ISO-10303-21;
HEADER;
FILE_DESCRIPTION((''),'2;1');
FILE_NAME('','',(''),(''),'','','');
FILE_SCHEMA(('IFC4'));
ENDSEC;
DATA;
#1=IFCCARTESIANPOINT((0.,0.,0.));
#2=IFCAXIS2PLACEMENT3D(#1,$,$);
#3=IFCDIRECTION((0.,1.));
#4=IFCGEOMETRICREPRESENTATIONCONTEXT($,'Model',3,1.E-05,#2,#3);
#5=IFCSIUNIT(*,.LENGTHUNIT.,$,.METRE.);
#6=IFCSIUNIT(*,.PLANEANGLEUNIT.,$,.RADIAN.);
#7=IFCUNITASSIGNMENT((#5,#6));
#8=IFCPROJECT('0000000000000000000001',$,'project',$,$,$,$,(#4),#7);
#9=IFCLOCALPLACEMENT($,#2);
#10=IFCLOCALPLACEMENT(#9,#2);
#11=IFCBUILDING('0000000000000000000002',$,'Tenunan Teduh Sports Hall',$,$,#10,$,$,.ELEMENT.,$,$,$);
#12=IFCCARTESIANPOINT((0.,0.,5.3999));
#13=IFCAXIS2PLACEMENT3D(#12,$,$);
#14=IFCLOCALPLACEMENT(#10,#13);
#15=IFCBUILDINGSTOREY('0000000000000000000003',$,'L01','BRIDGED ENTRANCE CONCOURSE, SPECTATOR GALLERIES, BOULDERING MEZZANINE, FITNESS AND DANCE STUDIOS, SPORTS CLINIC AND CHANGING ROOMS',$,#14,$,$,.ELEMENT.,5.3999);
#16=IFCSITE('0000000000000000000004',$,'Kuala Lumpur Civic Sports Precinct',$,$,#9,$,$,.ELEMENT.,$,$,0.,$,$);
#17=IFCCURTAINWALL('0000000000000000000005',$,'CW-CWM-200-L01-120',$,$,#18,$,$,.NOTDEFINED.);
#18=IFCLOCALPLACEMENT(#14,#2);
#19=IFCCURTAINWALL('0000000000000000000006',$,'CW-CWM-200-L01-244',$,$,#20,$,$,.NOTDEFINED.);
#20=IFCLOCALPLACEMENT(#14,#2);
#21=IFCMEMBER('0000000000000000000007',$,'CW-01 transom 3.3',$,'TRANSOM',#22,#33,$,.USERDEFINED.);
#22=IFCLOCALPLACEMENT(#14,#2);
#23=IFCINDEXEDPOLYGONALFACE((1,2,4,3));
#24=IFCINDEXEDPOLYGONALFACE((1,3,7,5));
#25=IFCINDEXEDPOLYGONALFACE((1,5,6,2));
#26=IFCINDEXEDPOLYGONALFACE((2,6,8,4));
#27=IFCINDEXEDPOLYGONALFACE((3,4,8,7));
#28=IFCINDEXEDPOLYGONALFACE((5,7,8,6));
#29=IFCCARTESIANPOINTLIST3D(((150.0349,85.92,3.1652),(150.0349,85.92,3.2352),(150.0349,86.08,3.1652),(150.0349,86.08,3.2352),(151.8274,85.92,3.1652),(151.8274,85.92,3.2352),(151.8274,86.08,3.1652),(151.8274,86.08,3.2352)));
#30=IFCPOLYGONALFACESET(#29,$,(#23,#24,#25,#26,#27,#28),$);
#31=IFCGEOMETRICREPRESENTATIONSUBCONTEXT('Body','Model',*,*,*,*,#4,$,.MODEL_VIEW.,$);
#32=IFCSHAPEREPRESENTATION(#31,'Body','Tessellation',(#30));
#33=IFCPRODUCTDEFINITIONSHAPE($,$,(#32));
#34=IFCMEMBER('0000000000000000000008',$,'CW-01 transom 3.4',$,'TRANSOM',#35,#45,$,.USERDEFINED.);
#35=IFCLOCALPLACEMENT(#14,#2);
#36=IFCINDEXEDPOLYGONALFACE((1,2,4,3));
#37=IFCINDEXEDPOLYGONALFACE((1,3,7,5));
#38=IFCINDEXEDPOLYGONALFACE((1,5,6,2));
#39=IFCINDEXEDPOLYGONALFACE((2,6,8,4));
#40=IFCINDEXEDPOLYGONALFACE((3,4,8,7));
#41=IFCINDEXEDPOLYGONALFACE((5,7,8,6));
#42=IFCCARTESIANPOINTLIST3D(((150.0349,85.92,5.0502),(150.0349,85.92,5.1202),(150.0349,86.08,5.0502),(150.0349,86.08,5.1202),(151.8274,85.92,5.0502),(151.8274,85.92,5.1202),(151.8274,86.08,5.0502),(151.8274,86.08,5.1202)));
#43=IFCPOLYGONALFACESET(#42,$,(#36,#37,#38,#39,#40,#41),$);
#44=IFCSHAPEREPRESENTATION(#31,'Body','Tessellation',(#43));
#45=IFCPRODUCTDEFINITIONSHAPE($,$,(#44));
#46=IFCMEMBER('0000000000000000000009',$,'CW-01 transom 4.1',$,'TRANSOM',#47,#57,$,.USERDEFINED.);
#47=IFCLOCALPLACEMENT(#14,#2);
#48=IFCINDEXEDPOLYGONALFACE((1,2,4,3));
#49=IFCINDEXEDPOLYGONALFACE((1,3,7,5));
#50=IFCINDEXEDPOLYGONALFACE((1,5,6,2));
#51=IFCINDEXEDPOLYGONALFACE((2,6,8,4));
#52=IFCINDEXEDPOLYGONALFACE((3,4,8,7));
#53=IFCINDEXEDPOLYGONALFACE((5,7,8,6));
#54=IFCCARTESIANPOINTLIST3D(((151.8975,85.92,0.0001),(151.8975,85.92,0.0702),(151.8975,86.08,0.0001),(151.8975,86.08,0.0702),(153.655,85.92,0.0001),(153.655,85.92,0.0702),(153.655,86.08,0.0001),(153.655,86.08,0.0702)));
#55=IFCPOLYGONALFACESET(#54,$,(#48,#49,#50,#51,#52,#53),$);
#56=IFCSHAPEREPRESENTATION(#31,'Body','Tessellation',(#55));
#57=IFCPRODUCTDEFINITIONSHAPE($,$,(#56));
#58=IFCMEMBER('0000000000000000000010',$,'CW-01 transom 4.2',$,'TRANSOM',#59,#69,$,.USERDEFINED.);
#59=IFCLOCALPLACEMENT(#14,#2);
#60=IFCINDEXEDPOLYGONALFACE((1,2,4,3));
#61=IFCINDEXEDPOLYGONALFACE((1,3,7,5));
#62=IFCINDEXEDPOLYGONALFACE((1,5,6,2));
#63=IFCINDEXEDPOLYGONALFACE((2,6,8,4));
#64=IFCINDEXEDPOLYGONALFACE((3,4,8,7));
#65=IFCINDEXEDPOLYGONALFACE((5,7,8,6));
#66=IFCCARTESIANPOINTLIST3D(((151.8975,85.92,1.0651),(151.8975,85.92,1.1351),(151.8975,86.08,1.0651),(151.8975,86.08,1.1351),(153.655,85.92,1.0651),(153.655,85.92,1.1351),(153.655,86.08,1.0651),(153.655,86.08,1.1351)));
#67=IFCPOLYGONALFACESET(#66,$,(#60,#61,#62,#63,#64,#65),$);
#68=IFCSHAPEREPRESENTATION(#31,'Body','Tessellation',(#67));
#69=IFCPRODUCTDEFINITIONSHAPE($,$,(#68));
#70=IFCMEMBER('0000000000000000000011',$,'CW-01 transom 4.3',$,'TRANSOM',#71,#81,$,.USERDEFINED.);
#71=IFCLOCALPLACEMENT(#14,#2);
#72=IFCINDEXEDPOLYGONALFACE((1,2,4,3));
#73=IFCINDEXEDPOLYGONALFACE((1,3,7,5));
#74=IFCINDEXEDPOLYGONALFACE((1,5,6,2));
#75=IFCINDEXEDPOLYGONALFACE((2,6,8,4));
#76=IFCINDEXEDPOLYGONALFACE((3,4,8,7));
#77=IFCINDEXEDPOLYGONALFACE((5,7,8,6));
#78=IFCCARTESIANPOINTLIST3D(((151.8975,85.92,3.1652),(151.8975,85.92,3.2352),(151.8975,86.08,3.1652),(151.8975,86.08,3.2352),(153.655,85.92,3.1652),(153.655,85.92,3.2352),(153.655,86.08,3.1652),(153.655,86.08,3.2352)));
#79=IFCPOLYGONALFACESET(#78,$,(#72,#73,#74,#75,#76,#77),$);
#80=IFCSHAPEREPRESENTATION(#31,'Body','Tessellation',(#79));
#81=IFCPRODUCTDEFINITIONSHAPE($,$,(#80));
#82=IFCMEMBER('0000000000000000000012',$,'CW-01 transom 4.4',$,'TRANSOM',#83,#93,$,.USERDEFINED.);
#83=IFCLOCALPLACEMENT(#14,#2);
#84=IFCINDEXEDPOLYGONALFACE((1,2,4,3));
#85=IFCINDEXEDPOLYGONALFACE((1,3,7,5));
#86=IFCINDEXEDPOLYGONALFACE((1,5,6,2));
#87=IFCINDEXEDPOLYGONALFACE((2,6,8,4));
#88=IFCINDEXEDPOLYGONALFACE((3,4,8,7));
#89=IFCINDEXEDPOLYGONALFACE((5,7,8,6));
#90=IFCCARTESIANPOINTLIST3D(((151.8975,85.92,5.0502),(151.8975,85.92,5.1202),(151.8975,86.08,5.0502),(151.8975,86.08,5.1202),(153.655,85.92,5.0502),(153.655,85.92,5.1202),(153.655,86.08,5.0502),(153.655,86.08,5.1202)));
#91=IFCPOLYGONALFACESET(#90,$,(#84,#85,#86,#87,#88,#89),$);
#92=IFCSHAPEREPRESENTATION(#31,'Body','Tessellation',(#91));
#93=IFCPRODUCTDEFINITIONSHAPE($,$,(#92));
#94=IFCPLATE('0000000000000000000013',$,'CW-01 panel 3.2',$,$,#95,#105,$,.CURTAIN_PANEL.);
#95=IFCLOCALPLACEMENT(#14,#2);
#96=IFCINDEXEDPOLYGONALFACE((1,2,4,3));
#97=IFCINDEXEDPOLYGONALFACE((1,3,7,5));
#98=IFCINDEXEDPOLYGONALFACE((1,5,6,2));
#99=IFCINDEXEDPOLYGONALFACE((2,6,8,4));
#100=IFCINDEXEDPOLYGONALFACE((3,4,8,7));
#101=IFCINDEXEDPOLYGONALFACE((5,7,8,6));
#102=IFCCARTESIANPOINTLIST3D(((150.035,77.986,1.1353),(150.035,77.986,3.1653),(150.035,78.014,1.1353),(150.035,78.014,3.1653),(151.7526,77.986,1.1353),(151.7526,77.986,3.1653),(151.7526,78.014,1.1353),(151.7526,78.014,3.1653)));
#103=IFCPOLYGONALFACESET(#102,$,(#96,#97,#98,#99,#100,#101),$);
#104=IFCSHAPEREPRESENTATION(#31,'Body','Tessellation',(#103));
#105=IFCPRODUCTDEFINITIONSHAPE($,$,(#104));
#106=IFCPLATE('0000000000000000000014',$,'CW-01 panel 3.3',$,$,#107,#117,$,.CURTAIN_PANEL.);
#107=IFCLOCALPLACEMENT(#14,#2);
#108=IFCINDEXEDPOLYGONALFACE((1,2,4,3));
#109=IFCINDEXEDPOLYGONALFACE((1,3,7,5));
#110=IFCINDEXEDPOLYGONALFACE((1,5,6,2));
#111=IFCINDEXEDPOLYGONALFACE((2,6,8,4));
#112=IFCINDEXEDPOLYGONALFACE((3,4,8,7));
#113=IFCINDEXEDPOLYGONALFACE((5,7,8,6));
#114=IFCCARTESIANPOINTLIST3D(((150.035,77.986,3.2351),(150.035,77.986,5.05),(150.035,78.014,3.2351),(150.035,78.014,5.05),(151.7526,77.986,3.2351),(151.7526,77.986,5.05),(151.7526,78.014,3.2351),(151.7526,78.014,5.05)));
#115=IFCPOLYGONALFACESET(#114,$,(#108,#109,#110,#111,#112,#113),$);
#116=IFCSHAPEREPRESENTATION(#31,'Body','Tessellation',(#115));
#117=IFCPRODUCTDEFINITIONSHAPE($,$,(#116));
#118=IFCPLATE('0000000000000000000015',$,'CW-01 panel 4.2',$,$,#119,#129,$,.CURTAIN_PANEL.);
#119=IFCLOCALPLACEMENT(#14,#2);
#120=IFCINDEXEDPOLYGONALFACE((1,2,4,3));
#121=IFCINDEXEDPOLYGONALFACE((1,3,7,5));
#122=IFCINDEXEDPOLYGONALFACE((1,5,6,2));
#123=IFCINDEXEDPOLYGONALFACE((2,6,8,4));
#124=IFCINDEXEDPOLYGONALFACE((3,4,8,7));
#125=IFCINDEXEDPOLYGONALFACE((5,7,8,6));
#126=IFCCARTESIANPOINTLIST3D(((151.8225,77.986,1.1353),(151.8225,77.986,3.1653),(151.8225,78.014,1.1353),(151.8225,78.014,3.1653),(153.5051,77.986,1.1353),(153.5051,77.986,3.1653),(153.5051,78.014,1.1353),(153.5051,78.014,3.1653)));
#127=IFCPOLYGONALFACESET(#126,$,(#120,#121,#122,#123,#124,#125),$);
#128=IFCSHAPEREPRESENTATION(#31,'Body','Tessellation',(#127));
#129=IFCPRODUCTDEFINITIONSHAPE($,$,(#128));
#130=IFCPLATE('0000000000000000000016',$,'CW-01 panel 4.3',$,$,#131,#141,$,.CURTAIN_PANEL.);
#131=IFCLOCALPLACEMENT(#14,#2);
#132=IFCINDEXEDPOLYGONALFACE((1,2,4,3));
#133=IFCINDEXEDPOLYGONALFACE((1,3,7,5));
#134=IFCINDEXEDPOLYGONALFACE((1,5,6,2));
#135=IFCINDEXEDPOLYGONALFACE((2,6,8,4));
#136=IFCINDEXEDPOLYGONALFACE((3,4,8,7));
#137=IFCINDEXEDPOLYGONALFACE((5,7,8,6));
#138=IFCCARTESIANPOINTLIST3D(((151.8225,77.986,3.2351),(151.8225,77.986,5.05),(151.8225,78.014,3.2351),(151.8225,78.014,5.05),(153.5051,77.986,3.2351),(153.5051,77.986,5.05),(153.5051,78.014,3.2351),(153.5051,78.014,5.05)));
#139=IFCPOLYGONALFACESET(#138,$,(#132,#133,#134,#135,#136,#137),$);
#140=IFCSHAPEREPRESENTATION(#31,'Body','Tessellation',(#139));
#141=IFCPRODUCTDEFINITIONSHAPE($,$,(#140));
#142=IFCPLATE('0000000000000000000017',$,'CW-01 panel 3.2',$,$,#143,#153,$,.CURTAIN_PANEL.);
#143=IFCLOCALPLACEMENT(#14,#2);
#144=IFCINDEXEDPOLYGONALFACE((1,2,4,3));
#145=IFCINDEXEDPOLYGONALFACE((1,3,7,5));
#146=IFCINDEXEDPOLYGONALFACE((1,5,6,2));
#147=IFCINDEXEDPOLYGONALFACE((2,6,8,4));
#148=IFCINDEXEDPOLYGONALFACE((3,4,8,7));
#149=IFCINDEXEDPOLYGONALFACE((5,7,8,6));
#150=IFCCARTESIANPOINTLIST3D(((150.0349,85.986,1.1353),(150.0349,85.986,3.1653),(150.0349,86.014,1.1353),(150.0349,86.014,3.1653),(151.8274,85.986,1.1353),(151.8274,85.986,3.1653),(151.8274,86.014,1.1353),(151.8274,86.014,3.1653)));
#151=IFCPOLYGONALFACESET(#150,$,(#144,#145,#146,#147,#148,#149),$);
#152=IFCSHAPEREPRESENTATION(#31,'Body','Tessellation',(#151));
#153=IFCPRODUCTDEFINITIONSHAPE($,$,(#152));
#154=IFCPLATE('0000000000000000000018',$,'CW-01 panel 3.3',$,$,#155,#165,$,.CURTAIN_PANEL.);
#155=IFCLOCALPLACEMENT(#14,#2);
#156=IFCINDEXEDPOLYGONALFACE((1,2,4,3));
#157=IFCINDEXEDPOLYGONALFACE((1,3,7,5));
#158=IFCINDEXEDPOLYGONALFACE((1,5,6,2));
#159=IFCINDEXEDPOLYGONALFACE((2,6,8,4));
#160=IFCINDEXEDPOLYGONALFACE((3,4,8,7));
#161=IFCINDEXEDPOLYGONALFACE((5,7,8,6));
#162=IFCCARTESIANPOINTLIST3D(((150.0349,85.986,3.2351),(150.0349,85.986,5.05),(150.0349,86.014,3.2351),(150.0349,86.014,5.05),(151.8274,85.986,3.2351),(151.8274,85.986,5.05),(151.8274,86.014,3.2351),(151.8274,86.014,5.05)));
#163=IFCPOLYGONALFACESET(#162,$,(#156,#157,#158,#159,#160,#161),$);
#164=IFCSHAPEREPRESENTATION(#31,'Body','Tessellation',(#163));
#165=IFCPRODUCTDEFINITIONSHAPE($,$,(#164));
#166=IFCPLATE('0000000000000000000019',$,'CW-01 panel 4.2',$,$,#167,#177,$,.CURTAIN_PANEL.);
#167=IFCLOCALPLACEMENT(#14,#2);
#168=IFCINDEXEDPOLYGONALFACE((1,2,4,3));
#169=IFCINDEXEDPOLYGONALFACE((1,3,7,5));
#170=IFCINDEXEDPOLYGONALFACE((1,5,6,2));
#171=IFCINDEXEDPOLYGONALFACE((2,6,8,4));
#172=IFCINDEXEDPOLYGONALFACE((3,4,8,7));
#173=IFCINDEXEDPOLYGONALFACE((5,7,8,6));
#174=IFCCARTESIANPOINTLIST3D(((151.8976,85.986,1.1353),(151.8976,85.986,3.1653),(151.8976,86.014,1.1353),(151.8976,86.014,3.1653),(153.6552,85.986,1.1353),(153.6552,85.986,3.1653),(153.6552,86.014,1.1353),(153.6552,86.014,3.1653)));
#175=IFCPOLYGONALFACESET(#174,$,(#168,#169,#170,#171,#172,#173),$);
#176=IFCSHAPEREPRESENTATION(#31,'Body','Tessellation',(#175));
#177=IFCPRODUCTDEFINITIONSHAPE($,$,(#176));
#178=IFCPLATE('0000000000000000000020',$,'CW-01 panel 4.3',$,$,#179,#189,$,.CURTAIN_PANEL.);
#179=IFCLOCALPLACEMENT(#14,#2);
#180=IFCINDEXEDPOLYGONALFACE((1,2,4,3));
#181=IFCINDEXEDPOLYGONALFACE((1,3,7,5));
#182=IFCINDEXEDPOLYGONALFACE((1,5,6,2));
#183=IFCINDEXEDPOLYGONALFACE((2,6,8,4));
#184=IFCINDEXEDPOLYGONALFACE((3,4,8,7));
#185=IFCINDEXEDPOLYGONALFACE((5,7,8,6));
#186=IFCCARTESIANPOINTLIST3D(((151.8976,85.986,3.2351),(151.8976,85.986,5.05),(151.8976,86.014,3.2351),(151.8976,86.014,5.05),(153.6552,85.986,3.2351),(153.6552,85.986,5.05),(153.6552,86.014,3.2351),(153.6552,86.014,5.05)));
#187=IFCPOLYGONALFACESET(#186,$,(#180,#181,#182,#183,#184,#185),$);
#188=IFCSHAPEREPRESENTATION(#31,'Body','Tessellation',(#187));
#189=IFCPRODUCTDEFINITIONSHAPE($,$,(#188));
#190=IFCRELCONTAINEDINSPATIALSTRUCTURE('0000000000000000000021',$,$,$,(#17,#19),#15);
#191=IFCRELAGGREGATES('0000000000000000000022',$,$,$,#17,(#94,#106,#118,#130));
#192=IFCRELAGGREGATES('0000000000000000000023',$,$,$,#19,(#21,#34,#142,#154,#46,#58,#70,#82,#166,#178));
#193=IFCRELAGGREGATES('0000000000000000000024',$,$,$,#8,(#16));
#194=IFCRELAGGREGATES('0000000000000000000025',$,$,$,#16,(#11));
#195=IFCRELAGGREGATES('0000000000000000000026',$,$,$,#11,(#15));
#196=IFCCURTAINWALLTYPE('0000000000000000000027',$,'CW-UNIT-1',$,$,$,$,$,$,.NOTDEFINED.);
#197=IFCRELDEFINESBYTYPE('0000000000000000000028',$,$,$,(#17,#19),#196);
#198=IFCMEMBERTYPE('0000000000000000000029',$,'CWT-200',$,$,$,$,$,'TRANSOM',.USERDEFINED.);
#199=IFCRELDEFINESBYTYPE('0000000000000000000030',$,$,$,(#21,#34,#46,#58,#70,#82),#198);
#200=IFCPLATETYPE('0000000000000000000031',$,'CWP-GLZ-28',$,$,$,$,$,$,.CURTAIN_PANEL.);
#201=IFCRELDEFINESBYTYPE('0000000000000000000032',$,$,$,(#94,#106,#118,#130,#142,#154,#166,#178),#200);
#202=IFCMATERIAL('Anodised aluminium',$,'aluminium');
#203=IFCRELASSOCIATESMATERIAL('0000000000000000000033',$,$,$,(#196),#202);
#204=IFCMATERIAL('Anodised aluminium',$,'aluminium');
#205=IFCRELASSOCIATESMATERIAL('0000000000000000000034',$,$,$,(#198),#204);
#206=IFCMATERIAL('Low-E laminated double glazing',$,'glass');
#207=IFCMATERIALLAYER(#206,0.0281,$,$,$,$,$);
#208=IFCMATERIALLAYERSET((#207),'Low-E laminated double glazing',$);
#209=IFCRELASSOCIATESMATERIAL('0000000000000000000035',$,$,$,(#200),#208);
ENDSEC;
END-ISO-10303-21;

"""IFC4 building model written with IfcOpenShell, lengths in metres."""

from ifc_helpers import new_model, si_unit, direction, frame, origin, origin_2d, place, context, subcontext, project, spatial, rectangle, extrude, material, layer, layer_set, material_profile, profile_set, type_object, element, aggregate, save


model = new_model("IFC4")

# Units and contexts
model_context = context("Model", 3, precision=1e-05, world=origin(), true_north=direction((0.0, 1.0)))
body_context = subcontext(model_context, "Body", "Model", "MODEL_VIEW")
ifc_project = project(units=[si_unit("LENGTHUNIT", "METRE"), si_unit("PLANEANGLEUNIT", "RADIAN")], contexts=[model_context])

# Site, building, storey
site_placement = place(None, origin())
site = spatial("IfcSite", under=ifc_project, at=site_placement, Name="Kuala Lumpur Civic Sports Precinct", CompositionType="ELEMENT", RefElevation=0.0)
building_placement = place(site_placement, origin())
building = spatial("IfcBuilding", under=site, at=building_placement, Name="Tenunan Teduh Sports Hall", CompositionType="ELEMENT")
storey_placement = place(building_placement, frame((0.0, 0.0, 5.3999)))
storey = spatial("IfcBuildingStorey", under=building, at=storey_placement, Name="L01", Description="BRIDGED ENTRANCE CONCOURSE, SPECTATOR GALLERIES, BOULDERING MEZZANINE, FITNESS AND DANCE STUDIOS, SPORTS CLINIC AND CHANGING ROOMS", CompositionType="ELEMENT", Elevation=5.3999)

# Shared definitions
ifc_material_1 = material(Name="Anodised aluminium", Category="aluminium")
curtain_wall_type = type_object("IfcCurtainWallType", Name="CW-UNIT-1", PredefinedType="NOTDEFINED", material=ifc_material_1)

# Curtain walls
curtain_wall_1_placement = place(storey_placement, origin())
curtain_wall_1 = element("IfcCurtainWall", 1, at=curtain_wall_1_placement, inside=storey, type_object=curtain_wall_type, Name="CW-CWM-200-L01-120", PredefinedType="NOTDEFINED")
curtain_wall_2_placement = place(storey_placement, origin())
curtain_wall_2 = element("IfcCurtainWall", 2, at=curtain_wall_2_placement, inside=storey, type_object=curtain_wall_type, Name="CW-CWM-200-L01-244", PredefinedType="NOTDEFINED")

# Members
ifc_material_2 = material(Name="Anodised aluminium", Category="aluminium")
ifc_material_profile_1 = material_profile(ifc_material_2, rectangle(XDim=0.0701, YDim=0.1599, at=origin_2d()), Name="CWT 70x160")
ifc_profile_set_1 = profile_set([ifc_material_profile_1], Name="Anodised aluminium")
member_type_1 = type_object("IfcMemberType", Name="CWT-200", ElementType="TRANSOM", PredefinedType="USERDEFINED", material=ifc_profile_set_1)
member_1_placement = place(storey_placement, frame((150.0349, 86.0, 3.2002), z_axis=(1.0, 0.0, 0.0), x_axis=(0.0, 0.0, 1.0)))
member_1 = element("IfcMember", 3, at=member_1_placement, type_object=member_type_1, Name="CW-01 transom 3.3", ObjectType="TRANSOM", PredefinedType="USERDEFINED", context=body_context, shape_type="SweptSolid", body=[
    extrude(rectangle(XDim=0.0701, YDim=0.1599, at=origin_2d()), origin(), (0.0, 0.0, 1.0), 1.7925),
])
member_2_placement = place(storey_placement, frame((150.0349, 86.0, 5.0852), z_axis=(1.0, 0.0, 0.0), x_axis=(0.0, 0.0, 1.0)))
member_2 = element("IfcMember", 4, at=member_2_placement, type_object=member_type_1, Name="CW-01 transom 3.4", ObjectType="TRANSOM", PredefinedType="USERDEFINED", context=body_context, shape_type="SweptSolid", body=[
    extrude(rectangle(XDim=0.0701, YDim=0.1599, at=origin_2d()), origin(), (0.0, 0.0, 1.0), 1.7925),
])
member_3_placement = place(storey_placement, frame((151.8975, 86.0, 0.0352), z_axis=(1.0, 0.0, 0.0), x_axis=(0.0, 0.0, 1.0)))
member_3 = element("IfcMember", 5, at=member_3_placement, type_object=member_type_1, Name="CW-01 transom 4.1", ObjectType="TRANSOM", PredefinedType="USERDEFINED", context=body_context, shape_type="SweptSolid", body=[
    extrude(rectangle(XDim=0.0701, YDim=0.1599, at=origin_2d()), origin(), (0.0, 0.0, 1.0), 1.7576),
])
member_4_placement = place(storey_placement, frame((151.8975, 86.0, 1.1001), z_axis=(1.0, 0.0, 0.0), x_axis=(0.0, 0.0, 1.0)))
member_4 = element("IfcMember", 6, at=member_4_placement, type_object=member_type_1, Name="CW-01 transom 4.2", ObjectType="TRANSOM", PredefinedType="USERDEFINED", context=body_context, shape_type="SweptSolid", body=[
    extrude(rectangle(XDim=0.0701, YDim=0.1599, at=origin_2d()), origin(), (0.0, 0.0, 1.0), 1.7576),
])
member_5_placement = place(storey_placement, frame((151.8975, 86.0, 3.2002), z_axis=(1.0, 0.0, 0.0), x_axis=(0.0, 0.0, 1.0)))
member_5 = element("IfcMember", 7, at=member_5_placement, type_object=member_type_1, Name="CW-01 transom 4.3", ObjectType="TRANSOM", PredefinedType="USERDEFINED", context=body_context, shape_type="SweptSolid", body=[
    extrude(rectangle(XDim=0.0701, YDim=0.1599, at=origin_2d()), origin(), (0.0, 0.0, 1.0), 1.7576),
])
member_6_placement = place(storey_placement, frame((151.8975, 86.0, 5.0852), z_axis=(1.0, 0.0, 0.0), x_axis=(0.0, 0.0, 1.0)))
member_6 = element("IfcMember", 8, at=member_6_placement, type_object=member_type_1, Name="CW-01 transom 4.4", ObjectType="TRANSOM", PredefinedType="USERDEFINED", context=body_context, shape_type="SweptSolid", body=[
    extrude(rectangle(XDim=0.0701, YDim=0.1599, at=origin_2d()), origin(), (0.0, 0.0, 1.0), 1.7576),
])

# Plates
ifc_material_3 = material(Name="Low-E laminated double glazing", Category="glass")
ifc_layer_1 = layer(ifc_material_3, 0.0281)
ifc_layer_set_1 = layer_set([ifc_layer_1], Name="Low-E laminated double glazing")
plate_type_1 = type_object("IfcPlateType", Name="CWP-GLZ-28", PredefinedType="CURTAIN_PANEL", material=ifc_layer_set_1)
plate_1_placement = place(storey_placement, frame((150.8938, 78.0, 1.1353), z_axis=(0.0, 0.0, 1.0), x_axis=(1.0, 0.0, 0.0)))
plate_1 = element("IfcPlate", 9, at=plate_1_placement, type_object=plate_type_1, Name="CW-01 panel 3.2", PredefinedType="CURTAIN_PANEL", context=body_context, shape_type="SweptSolid", body=[
    extrude(rectangle(XDim=1.7175, YDim=0.0281, at=origin_2d()), origin(), (0.0, 0.0, 1.0), 2.03),
])
plate_2_placement = place(storey_placement, frame((150.8938, 78.0, 3.2351), z_axis=(0.0, 0.0, 1.0), x_axis=(1.0, 0.0, 0.0)))
plate_2 = element("IfcPlate", 10, at=plate_2_placement, type_object=plate_type_1, Name="CW-01 panel 3.3", PredefinedType="CURTAIN_PANEL", context=body_context, shape_type="SweptSolid", body=[
    extrude(rectangle(XDim=1.7175, YDim=0.0281, at=origin_2d()), origin(), (0.0, 0.0, 1.0), 1.8149),
])
plate_3_placement = place(storey_placement, frame((152.6638, 78.0, 1.1353), z_axis=(0.0, 0.0, 1.0), x_axis=(1.0, 0.0, 0.0)))
plate_3 = element("IfcPlate", 11, at=plate_3_placement, type_object=plate_type_1, Name="CW-01 panel 4.2", PredefinedType="CURTAIN_PANEL", context=body_context, shape_type="SweptSolid", body=[
    extrude(rectangle(XDim=1.6826, YDim=0.0281, at=origin_2d()), origin(), (0.0, 0.0, 1.0), 2.03),
])
plate_4_placement = place(storey_placement, frame((152.6638, 78.0, 3.2351), z_axis=(0.0, 0.0, 1.0), x_axis=(1.0, 0.0, 0.0)))
plate_4 = element("IfcPlate", 12, at=plate_4_placement, type_object=plate_type_1, Name="CW-01 panel 4.3", PredefinedType="CURTAIN_PANEL", context=body_context, shape_type="SweptSolid", body=[
    extrude(rectangle(XDim=1.6826, YDim=0.0281, at=origin_2d()), origin(), (0.0, 0.0, 1.0), 1.8149),
])
plate_5_placement = place(storey_placement, frame((150.9312, 86.0, 1.1353), z_axis=(0.0, 0.0, 1.0), x_axis=(1.0, 0.0, 0.0)))
plate_5 = element("IfcPlate", 13, at=plate_5_placement, type_object=plate_type_1, Name="CW-01 panel 3.2", PredefinedType="CURTAIN_PANEL", context=body_context, shape_type="SweptSolid", body=[
    extrude(rectangle(XDim=1.7925, YDim=0.0281, at=origin_2d()), origin(), (0.0, 0.0, 1.0), 2.03),
])
plate_6_placement = place(storey_placement, frame((150.9312, 86.0, 3.2351), z_axis=(0.0, 0.0, 1.0), x_axis=(1.0, 0.0, 0.0)))
plate_6 = element("IfcPlate", 14, at=plate_6_placement, type_object=plate_type_1, Name="CW-01 panel 3.3", PredefinedType="CURTAIN_PANEL", context=body_context, shape_type="SweptSolid", body=[
    extrude(rectangle(XDim=1.7925, YDim=0.0281, at=origin_2d()), origin(), (0.0, 0.0, 1.0), 1.8149),
])
plate_7_placement = place(storey_placement, frame((152.7764, 86.0, 1.1353), z_axis=(0.0, 0.0, 1.0), x_axis=(1.0, 0.0, 0.0)))
plate_7 = element("IfcPlate", 15, at=plate_7_placement, type_object=plate_type_1, Name="CW-01 panel 4.2", PredefinedType="CURTAIN_PANEL", context=body_context, shape_type="SweptSolid", body=[
    extrude(rectangle(XDim=1.7576, YDim=0.0281, at=origin_2d()), origin(), (0.0, 0.0, 1.0), 2.03),
])
plate_8_placement = place(storey_placement, frame((152.7764, 86.0, 3.2351), z_axis=(0.0, 0.0, 1.0), x_axis=(1.0, 0.0, 0.0)))
plate_8 = element("IfcPlate", 16, at=plate_8_placement, type_object=plate_type_1, Name="CW-01 panel 4.3", PredefinedType="CURTAIN_PANEL", context=body_context, shape_type="SweptSolid", body=[
    extrude(rectangle(XDim=1.7576, YDim=0.0281, at=origin_2d()), origin(), (0.0, 0.0, 1.0), 1.8149),
])
aggregate(curtain_wall_1, [plate_1, plate_2, plate_3, plate_4])
aggregate(curtain_wall_2, [member_1, member_2, plate_5, plate_6, member_3, member_4, member_5, member_6, plate_7, plate_8])

save(model, "model.ifc")
